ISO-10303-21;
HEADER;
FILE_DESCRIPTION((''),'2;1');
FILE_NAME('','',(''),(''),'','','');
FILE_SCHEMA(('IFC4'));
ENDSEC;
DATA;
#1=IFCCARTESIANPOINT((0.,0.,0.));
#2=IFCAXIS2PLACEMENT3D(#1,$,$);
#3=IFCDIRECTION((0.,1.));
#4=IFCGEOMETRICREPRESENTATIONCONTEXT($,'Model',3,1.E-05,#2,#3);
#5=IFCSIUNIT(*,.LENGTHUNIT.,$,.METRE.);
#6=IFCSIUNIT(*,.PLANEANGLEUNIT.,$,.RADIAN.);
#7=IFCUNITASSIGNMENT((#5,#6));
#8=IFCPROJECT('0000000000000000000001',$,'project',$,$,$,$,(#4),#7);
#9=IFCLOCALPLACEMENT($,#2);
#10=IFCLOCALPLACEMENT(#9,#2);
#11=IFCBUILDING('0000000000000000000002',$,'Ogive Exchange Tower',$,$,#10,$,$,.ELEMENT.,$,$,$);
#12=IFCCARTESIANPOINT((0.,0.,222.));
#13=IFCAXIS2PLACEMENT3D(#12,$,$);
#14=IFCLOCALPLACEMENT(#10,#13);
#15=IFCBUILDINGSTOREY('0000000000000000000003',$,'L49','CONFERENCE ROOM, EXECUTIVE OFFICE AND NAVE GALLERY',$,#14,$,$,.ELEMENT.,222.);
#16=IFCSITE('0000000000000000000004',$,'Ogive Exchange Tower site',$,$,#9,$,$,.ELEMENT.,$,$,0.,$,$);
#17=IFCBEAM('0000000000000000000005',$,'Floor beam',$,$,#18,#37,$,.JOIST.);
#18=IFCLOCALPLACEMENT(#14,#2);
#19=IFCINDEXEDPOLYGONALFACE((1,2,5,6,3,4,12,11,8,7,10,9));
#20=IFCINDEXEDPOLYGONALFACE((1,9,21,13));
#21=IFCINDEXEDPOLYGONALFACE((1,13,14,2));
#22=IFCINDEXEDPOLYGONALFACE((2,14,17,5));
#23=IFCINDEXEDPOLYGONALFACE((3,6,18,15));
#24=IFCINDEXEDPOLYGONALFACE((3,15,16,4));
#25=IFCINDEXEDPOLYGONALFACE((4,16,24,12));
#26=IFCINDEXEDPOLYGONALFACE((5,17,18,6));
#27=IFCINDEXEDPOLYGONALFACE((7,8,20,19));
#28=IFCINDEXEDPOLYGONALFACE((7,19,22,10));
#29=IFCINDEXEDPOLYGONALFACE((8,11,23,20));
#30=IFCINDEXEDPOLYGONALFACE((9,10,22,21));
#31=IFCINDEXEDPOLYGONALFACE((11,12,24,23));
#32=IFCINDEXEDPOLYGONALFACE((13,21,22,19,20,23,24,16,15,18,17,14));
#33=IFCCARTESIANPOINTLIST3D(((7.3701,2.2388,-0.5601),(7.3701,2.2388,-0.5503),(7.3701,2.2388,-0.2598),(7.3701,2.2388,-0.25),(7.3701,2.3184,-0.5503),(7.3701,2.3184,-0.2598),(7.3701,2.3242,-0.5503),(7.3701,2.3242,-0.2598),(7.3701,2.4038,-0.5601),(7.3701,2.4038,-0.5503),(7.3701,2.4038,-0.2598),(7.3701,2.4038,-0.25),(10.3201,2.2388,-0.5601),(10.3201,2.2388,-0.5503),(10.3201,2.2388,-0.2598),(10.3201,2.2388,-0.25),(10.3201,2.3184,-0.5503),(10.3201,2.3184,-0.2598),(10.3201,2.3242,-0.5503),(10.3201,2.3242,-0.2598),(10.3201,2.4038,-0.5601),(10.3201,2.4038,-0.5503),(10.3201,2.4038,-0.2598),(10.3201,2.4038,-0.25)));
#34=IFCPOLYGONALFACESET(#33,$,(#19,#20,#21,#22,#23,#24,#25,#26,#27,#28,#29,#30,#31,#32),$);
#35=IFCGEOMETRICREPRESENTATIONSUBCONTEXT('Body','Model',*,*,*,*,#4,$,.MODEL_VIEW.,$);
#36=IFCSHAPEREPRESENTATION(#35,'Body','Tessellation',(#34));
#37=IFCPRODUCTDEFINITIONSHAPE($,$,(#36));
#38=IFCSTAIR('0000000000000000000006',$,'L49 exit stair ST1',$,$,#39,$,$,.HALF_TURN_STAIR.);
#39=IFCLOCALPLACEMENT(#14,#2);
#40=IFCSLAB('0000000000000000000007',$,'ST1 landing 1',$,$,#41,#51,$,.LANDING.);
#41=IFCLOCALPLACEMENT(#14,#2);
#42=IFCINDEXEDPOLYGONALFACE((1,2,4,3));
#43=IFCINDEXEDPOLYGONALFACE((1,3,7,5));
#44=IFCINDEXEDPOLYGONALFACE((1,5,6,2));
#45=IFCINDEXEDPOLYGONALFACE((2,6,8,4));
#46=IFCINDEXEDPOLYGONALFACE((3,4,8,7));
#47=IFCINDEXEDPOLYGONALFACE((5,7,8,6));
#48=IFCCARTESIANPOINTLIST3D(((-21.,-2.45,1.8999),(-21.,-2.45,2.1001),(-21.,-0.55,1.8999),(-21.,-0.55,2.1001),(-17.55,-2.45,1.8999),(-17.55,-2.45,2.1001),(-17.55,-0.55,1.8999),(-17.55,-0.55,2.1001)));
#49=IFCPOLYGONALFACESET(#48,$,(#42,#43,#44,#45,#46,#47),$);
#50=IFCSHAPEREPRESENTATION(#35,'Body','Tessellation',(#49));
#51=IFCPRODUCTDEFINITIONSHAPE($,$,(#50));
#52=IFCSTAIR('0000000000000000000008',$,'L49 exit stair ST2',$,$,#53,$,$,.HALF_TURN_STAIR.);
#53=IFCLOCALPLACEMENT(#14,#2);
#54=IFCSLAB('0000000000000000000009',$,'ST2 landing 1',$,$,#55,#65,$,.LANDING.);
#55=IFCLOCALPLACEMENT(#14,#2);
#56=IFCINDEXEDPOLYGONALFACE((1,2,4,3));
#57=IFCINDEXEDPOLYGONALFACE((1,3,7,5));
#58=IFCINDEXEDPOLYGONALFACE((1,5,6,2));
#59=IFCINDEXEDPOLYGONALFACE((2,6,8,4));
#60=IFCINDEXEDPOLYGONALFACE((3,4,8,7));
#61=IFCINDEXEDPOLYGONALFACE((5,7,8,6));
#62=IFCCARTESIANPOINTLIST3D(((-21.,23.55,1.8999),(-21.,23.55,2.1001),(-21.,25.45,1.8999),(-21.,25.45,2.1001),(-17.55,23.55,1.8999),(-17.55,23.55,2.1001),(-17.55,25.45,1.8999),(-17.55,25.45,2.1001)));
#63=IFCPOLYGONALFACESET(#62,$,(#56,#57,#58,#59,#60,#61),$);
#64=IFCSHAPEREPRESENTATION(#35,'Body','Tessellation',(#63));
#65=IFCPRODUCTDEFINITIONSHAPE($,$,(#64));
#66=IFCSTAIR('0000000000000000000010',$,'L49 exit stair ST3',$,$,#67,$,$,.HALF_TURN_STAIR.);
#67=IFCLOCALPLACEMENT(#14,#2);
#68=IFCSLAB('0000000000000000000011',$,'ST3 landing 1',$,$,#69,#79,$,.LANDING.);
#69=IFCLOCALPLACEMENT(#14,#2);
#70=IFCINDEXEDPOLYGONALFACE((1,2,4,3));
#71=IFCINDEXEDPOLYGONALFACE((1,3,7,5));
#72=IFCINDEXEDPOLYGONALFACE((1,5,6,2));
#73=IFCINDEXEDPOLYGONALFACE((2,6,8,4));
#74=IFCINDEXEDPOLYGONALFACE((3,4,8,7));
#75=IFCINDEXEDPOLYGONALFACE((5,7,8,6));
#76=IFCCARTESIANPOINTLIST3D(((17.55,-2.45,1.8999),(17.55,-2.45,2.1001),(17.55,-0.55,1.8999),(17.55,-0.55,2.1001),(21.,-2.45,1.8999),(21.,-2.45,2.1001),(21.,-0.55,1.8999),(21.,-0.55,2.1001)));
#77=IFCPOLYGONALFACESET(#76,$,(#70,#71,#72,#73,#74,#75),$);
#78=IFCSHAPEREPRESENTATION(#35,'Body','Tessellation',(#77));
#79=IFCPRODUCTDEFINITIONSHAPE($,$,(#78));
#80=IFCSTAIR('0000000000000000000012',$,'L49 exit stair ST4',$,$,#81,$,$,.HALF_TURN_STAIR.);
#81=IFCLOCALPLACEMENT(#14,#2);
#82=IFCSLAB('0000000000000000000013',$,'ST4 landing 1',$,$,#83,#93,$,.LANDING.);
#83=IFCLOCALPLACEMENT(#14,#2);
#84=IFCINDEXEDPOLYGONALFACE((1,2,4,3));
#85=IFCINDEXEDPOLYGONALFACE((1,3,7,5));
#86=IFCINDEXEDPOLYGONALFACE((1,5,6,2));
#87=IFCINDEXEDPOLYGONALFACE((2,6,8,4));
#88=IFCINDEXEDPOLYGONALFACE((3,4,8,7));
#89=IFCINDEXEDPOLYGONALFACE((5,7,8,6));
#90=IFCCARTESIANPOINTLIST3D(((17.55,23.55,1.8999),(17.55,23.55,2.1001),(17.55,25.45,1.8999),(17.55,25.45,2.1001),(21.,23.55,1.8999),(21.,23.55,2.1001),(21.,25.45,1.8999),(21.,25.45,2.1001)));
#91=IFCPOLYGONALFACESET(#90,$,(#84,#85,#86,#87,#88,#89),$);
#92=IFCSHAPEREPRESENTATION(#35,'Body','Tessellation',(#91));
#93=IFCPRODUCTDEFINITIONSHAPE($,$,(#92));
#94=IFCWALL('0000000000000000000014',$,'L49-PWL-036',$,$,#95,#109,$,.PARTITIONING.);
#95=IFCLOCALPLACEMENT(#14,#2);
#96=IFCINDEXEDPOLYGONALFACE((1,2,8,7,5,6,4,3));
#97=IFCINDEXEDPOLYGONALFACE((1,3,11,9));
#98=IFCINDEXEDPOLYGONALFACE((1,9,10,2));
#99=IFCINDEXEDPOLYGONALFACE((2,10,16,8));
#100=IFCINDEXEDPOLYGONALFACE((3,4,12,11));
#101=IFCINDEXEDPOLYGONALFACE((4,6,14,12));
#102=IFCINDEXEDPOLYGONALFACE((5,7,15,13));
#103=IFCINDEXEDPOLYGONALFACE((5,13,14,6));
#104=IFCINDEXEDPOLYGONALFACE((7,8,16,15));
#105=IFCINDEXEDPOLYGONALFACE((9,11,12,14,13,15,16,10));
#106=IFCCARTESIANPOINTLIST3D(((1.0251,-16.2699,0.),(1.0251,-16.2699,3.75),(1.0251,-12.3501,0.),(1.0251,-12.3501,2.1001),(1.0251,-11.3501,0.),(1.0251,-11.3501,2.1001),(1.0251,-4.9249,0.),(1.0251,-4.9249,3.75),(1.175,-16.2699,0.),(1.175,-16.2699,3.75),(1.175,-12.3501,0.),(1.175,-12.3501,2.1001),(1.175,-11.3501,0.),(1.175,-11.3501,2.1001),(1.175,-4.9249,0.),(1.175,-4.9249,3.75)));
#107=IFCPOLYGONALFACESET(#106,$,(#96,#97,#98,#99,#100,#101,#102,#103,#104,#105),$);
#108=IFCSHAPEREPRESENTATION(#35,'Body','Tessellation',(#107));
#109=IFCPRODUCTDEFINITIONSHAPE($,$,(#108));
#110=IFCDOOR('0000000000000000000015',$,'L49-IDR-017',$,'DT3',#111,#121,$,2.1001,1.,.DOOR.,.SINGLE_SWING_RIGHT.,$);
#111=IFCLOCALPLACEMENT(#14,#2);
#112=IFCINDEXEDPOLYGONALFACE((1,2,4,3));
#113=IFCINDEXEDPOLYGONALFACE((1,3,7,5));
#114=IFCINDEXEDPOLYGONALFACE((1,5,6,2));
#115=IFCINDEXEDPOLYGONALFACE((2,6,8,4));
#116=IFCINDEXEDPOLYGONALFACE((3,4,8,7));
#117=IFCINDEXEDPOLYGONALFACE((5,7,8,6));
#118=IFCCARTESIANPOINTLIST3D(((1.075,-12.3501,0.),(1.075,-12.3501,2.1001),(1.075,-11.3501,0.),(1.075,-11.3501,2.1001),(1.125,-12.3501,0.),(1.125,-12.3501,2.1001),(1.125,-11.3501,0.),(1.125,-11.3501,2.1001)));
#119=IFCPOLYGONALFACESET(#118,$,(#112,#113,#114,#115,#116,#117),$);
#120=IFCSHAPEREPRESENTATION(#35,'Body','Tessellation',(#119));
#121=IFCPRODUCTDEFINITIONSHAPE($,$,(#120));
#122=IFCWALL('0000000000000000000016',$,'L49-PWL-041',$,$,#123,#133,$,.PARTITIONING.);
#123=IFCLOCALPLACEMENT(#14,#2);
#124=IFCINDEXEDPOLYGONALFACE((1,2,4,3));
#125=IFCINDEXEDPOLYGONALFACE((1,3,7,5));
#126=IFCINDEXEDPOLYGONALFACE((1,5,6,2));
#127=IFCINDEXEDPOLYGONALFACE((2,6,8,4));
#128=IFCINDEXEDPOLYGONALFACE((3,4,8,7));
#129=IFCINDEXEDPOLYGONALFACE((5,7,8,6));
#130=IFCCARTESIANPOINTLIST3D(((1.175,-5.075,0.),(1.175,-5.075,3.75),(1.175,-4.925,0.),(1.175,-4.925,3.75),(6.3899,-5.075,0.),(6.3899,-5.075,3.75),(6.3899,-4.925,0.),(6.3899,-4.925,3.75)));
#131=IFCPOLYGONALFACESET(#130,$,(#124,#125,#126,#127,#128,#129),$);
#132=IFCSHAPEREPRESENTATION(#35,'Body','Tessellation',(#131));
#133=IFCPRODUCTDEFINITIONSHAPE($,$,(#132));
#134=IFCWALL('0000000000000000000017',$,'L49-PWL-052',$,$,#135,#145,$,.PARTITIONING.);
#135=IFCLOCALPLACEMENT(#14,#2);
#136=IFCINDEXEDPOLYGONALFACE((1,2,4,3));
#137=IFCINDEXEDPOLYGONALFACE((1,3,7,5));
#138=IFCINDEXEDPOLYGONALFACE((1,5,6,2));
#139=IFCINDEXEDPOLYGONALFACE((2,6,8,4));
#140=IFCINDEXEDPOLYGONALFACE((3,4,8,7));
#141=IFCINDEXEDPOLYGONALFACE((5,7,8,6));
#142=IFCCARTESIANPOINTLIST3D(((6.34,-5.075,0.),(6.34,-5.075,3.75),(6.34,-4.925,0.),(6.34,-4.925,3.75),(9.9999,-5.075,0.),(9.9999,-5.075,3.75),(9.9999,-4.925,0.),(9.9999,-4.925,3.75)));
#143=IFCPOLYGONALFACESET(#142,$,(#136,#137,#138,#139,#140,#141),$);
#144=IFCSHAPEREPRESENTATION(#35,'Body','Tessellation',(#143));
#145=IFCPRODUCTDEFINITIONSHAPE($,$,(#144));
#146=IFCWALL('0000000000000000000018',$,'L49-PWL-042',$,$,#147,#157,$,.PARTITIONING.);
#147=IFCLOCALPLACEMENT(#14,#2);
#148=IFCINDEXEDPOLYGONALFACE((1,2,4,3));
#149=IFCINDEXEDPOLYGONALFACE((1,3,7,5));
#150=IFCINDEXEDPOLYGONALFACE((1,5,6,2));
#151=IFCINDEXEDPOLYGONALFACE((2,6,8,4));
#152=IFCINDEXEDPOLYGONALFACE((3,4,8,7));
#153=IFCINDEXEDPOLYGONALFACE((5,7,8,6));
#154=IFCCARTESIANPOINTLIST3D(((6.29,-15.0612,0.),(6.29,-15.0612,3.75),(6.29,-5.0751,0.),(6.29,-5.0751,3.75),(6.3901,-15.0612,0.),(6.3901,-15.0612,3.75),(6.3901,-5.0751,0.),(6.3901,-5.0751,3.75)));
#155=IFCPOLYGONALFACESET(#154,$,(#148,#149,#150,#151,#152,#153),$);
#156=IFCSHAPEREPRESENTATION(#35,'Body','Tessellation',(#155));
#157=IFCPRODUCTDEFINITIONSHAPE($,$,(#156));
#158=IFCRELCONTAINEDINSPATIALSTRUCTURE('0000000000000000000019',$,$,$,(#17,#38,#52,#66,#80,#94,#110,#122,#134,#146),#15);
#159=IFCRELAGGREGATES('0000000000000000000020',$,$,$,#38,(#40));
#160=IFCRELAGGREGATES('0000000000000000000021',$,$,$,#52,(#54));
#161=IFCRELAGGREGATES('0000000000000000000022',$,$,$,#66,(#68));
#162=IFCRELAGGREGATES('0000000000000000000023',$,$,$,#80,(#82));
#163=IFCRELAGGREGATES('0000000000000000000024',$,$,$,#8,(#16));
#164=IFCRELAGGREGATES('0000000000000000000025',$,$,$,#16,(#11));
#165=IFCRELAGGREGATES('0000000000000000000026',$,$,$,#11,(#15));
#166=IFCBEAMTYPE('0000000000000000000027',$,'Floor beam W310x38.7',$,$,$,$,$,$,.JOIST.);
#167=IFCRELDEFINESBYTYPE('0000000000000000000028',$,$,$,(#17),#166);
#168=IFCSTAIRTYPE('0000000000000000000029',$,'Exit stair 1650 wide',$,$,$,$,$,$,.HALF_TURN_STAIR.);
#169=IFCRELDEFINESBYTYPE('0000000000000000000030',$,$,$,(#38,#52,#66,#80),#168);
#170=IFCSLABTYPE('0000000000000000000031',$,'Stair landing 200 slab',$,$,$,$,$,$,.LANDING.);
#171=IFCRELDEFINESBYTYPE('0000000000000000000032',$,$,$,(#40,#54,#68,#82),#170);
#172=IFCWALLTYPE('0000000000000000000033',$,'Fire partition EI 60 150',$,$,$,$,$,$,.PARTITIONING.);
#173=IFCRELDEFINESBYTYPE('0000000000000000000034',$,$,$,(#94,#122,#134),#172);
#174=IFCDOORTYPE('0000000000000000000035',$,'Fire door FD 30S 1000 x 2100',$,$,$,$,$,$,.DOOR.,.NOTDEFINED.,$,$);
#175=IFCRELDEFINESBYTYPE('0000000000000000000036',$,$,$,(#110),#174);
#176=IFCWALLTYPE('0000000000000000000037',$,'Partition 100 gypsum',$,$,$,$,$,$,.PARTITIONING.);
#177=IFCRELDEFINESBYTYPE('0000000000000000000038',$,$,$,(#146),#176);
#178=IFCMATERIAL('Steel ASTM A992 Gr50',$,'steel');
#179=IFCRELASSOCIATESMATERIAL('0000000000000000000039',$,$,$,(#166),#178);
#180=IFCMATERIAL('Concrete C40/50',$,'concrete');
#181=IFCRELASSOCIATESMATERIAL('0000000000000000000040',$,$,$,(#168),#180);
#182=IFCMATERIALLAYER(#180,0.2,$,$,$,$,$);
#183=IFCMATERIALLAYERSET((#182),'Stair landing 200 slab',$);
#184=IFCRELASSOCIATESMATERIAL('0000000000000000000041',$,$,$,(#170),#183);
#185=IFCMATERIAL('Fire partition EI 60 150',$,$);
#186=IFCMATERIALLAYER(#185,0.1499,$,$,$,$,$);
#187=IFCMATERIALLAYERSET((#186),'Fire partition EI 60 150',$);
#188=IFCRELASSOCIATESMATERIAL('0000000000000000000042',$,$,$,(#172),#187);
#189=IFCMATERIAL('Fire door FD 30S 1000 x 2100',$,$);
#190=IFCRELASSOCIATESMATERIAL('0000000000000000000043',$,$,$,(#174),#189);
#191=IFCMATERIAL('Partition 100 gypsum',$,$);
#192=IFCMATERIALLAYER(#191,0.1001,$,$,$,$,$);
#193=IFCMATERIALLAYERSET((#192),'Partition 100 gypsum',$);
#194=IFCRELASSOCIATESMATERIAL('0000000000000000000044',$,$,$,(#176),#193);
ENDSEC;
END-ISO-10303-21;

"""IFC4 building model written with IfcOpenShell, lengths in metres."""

from ifc_helpers import new_model, si_unit, direction, frame, frame_2d, origin, origin_2d, place, context, subcontext, project, spatial, polyline, rectangle, i_section, outline, extrude, material, layer, layer_set, material_profile, profile_set, type_object, element, fill, aggregate, save


model = new_model("IFC4")

# Units and contexts
model_context = context("Model", 3, precision=1e-05, world=origin(), true_north=direction((0.0, 1.0)))
body_context = subcontext(model_context, "Body", "Model", "MODEL_VIEW")
ifc_project = project(units=[si_unit("LENGTHUNIT", "METRE"), si_unit("PLANEANGLEUNIT", "RADIAN")], contexts=[model_context])

# Site, building, storey
site_placement = place(None, origin())
site = spatial("IfcSite", under=ifc_project, at=site_placement, Name="Ogive Exchange Tower site", CompositionType="ELEMENT", RefElevation=0.0)
building_placement = place(site_placement, origin())
building = spatial("IfcBuilding", under=site, at=building_placement, Name="Ogive Exchange Tower", CompositionType="ELEMENT")
storey_placement = place(building_placement, frame((0.0, 0.0, 222.0)))
storey = spatial("IfcBuildingStorey", under=building, at=storey_placement, Name="L49", Description="CONFERENCE ROOM, EXECUTIVE OFFICE AND NAVE GALLERY", CompositionType="ELEMENT", Elevation=222.0)

# Beam
ifc_material_1 = material(Name="Steel ASTM A992 Gr50", Category="steel")
ifc_material_profile = material_profile(ifc_material_1, i_section(OverallWidth=0.165, OverallDepth=0.3101, WebThickness=0.0059, FlangeThickness=0.0098, at=origin_2d()), Name="W310x38.7")
ifc_profile_set = profile_set([ifc_material_profile], Name="Steel ASTM A992 Gr50")
beam_type = type_object("IfcBeamType", Name="Floor beam W310x38.7", PredefinedType="JOIST", material=ifc_profile_set)
beam_placement = place(storey_placement, frame((7.3701, 2.3213, -0.405), z_axis=(1.0, 0.0, 0.0), x_axis=(0.0, 1.0, 0.0)))
element("IfcBeam", 1, at=beam_placement, inside=storey, type_object=beam_type, Name="Floor beam", PredefinedType="JOIST", context=body_context, shape_type="SweptSolid", body=[
    extrude(i_section(OverallWidth=0.165, OverallDepth=0.3101, WebThickness=0.0059, FlangeThickness=0.0098, at=origin_2d()), origin(), (0.0, 0.0, 1.0), 2.95),
])

# Stairs, slabs
ifc_material_2 = material(Name="Concrete C40/50", Category="concrete")
stair_type = type_object("IfcStairType", Name="Exit stair 1650 wide", PredefinedType="HALF_TURN_STAIR", material=ifc_material_2)
stair_1_placement = place(storey_placement, origin())
stair_1 = element("IfcStair", 2, at=stair_1_placement, inside=storey, type_object=stair_type, Name="L49 exit stair ST1", PredefinedType="HALF_TURN_STAIR")
ifc_layer_1 = layer(ifc_material_2, 0.2)
ifc_layer_set_1 = layer_set([ifc_layer_1], Name="Stair landing 200 slab")
slab_type = type_object("IfcSlabType", Name="Stair landing 200 slab", PredefinedType="LANDING", material=ifc_layer_set_1)
slab_1_placement = place(storey_placement, frame((0.0, 0.0, 1.8999)))
slab_1 = element("IfcSlab", 3, at=slab_1_placement, type_object=slab_type, Name="ST1 landing 1", PredefinedType="LANDING", context=body_context, shape_type="SweptSolid", body=[
    extrude(outline(polyline([(-21.0, -0.55), (-21.0, -2.45), (-17.55, -2.45), (-17.55, -0.55), (-21.0, -0.55)])), origin(), (0.0, 0.0, 1.0), 0.2002),
])
aggregate(stair_1, [slab_1])
stair_2_placement = place(storey_placement, origin())
stair_2 = element("IfcStair", 4, at=stair_2_placement, inside=storey, type_object=stair_type, Name="L49 exit stair ST2", PredefinedType="HALF_TURN_STAIR")
slab_2_placement = place(storey_placement, frame((0.0, 0.0, 1.8999)))
slab_2 = element("IfcSlab", 5, at=slab_2_placement, type_object=slab_type, Name="ST2 landing 1", PredefinedType="LANDING", context=body_context, shape_type="SweptSolid", body=[
    extrude(outline(polyline([(-17.55, 23.55), (-17.55, 25.45), (-21.0, 25.45), (-21.0, 23.55), (-17.55, 23.55)])), origin(), (0.0, 0.0, 1.0), 0.2002),
])
aggregate(stair_2, [slab_2])
stair_3_placement = place(storey_placement, origin())
stair_3 = element("IfcStair", 6, at=stair_3_placement, inside=storey, type_object=stair_type, Name="L49 exit stair ST3", PredefinedType="HALF_TURN_STAIR")
slab_3_placement = place(storey_placement, frame((0.0, 0.0, 1.8999)))
slab_3 = element("IfcSlab", 7, at=slab_3_placement, type_object=slab_type, Name="ST3 landing 1", PredefinedType="LANDING", context=body_context, shape_type="SweptSolid", body=[
    extrude(outline(polyline([(17.55, -0.55), (17.55, -2.45), (21.0, -2.45), (21.0, -0.55), (17.55, -0.55)])), origin(), (0.0, 0.0, 1.0), 0.2002),
])
aggregate(stair_3, [slab_3])
stair_4_placement = place(storey_placement, origin())
stair_4 = element("IfcStair", 8, at=stair_4_placement, inside=storey, type_object=stair_type, Name="L49 exit stair ST4", PredefinedType="HALF_TURN_STAIR")
slab_4_placement = place(storey_placement, frame((0.0, 0.0, 1.8999)))
slab_4 = element("IfcSlab", 9, at=slab_4_placement, type_object=slab_type, Name="ST4 landing 1", PredefinedType="LANDING", context=body_context, shape_type="SweptSolid", body=[
    extrude(outline(polyline([(21.0, 23.55), (21.0, 25.45), (17.55, 25.45), (17.55, 23.55), (21.0, 23.55)])), origin(), (0.0, 0.0, 1.0), 0.2002),
])
aggregate(stair_4, [slab_4])

# Wall, opening, door
ifc_material_3 = material(Name="Fire partition EI 60 150")
ifc_layer_2 = layer(ifc_material_3, 0.1499)
ifc_layer_set_2 = layer_set([ifc_layer_2], Name="Fire partition EI 60 150")
wall_type_1 = type_object("IfcWallType", Name="Fire partition EI 60 150", PredefinedType="PARTITIONING", material=ifc_layer_set_2)
wall_1_placement = place(storey_placement, frame((1.1001, -4.925, 0.0), z_axis=(0.0, 0.0, 1.0), x_axis=(0.0, -1.0, 0.0)))
wall_1 = element("IfcWall", 10, at=wall_1_placement, inside=storey, type_object=wall_type_1, Name="L49-PWL-036", PredefinedType="PARTITIONING", context=body_context, shape_type="SweptSolid", body=[
    extrude(rectangle(XDim=11.345, YDim=0.1499, at=frame_2d((5.6724, 0.0))), origin(), (0.0, 0.0, 1.0), 3.75),
])
opening_placement = place(wall_1_placement, frame((6.425, 0.0, 0.0)))
opening = element("IfcOpeningElement", 11, at=opening_placement, cuts=wall_1, PredefinedType="OPENING", context=body_context, shape_type="SweptSolid", body=[
    extrude(rectangle(XDim=1.0, YDim=2.1001, at=frame_2d((0.5, 1.05))), frame((0.0, 0.085, 0.0), z_axis=(0.0, -1.0, 0.0), x_axis=(1.0, 0.0, 0.0)), (0.0, 0.0, 1.0), 0.1699),
])
ifc_material_4 = material(Name="Fire door FD 30S 1000 x 2100")
door_type = type_object("IfcDoorType", Name="Fire door FD 30S 1000 x 2100", OperationType="NOTDEFINED", PredefinedType="DOOR", material=ifc_material_4)
door_placement = place(opening_placement, origin())
door = element("IfcDoor", 12, at=door_placement, inside=storey, type_object=door_type, Name="L49-IDR-017", ObjectType="DT3", OperationType="SINGLE_SWING_RIGHT", OverallHeight=2.1001, OverallWidth=1.0, PredefinedType="DOOR", context=body_context, shape_type="SweptSolid", body=[
    extrude(rectangle(XDim=1.0, YDim=2.1001, at=frame_2d((0.5, 1.05))), frame((0.0, 0.0249, 0.0), z_axis=(0.0, -1.0, 0.0), x_axis=(1.0, 0.0, 0.0)), (0.0, 0.0, 1.0), 0.05),
])
fill(opening, door)

# Walls
wall_2_placement = place(storey_placement, frame((6.3899, -5.0, 0.0), z_axis=(0.0, 0.0, 1.0), x_axis=(-1.0, 0.0, 0.0)))
element("IfcWall", 13, at=wall_2_placement, inside=storey, type_object=wall_type_1, Name="L49-PWL-041", PredefinedType="PARTITIONING", context=body_context, shape_type="SweptSolid", body=[
    extrude(rectangle(XDim=5.2148, YDim=0.1499, at=frame_2d((2.6074, 0.0))), origin(), (0.0, 0.0, 1.0), 3.75),
])
wall_3_placement = place(storey_placement, frame((10.0, -5.0, 0.0), z_axis=(0.0, 0.0, 1.0), x_axis=(-1.0, 0.0, 0.0)))
element("IfcWall", 14, at=wall_3_placement, inside=storey, type_object=wall_type_1, Name="L49-PWL-052", PredefinedType="PARTITIONING", context=body_context, shape_type="SweptSolid", body=[
    extrude(rectangle(XDim=3.6599, YDim=0.1499, at=frame_2d((1.8301, 0.0))), origin(), (0.0, 0.0, 1.0), 3.75),
])
ifc_material_5 = material(Name="Partition 100 gypsum")
ifc_layer_3 = layer(ifc_material_5, 0.1001)
ifc_layer_set_3 = layer_set([ifc_layer_3], Name="Partition 100 gypsum")
wall_type_2 = type_object("IfcWallType", Name="Partition 100 gypsum", PredefinedType="PARTITIONING", material=ifc_layer_set_3)
wall_4_placement = place(storey_placement, frame((6.3401, -5.075, 0.0), z_axis=(0.0, 0.0, 1.0), x_axis=(0.0, -1.0, 0.0)))
element("IfcWall", 15, at=wall_4_placement, inside=storey, type_object=wall_type_2, Name="L49-PWL-042", PredefinedType="PARTITIONING", context=body_context, shape_type="SweptSolid", body=[
    extrude(rectangle(XDim=9.9861, YDim=0.1001, at=frame_2d((4.9932, 0.0))), origin(), (0.0, 0.0, 1.0), 3.75),
])

save(model, "model.ifc")
